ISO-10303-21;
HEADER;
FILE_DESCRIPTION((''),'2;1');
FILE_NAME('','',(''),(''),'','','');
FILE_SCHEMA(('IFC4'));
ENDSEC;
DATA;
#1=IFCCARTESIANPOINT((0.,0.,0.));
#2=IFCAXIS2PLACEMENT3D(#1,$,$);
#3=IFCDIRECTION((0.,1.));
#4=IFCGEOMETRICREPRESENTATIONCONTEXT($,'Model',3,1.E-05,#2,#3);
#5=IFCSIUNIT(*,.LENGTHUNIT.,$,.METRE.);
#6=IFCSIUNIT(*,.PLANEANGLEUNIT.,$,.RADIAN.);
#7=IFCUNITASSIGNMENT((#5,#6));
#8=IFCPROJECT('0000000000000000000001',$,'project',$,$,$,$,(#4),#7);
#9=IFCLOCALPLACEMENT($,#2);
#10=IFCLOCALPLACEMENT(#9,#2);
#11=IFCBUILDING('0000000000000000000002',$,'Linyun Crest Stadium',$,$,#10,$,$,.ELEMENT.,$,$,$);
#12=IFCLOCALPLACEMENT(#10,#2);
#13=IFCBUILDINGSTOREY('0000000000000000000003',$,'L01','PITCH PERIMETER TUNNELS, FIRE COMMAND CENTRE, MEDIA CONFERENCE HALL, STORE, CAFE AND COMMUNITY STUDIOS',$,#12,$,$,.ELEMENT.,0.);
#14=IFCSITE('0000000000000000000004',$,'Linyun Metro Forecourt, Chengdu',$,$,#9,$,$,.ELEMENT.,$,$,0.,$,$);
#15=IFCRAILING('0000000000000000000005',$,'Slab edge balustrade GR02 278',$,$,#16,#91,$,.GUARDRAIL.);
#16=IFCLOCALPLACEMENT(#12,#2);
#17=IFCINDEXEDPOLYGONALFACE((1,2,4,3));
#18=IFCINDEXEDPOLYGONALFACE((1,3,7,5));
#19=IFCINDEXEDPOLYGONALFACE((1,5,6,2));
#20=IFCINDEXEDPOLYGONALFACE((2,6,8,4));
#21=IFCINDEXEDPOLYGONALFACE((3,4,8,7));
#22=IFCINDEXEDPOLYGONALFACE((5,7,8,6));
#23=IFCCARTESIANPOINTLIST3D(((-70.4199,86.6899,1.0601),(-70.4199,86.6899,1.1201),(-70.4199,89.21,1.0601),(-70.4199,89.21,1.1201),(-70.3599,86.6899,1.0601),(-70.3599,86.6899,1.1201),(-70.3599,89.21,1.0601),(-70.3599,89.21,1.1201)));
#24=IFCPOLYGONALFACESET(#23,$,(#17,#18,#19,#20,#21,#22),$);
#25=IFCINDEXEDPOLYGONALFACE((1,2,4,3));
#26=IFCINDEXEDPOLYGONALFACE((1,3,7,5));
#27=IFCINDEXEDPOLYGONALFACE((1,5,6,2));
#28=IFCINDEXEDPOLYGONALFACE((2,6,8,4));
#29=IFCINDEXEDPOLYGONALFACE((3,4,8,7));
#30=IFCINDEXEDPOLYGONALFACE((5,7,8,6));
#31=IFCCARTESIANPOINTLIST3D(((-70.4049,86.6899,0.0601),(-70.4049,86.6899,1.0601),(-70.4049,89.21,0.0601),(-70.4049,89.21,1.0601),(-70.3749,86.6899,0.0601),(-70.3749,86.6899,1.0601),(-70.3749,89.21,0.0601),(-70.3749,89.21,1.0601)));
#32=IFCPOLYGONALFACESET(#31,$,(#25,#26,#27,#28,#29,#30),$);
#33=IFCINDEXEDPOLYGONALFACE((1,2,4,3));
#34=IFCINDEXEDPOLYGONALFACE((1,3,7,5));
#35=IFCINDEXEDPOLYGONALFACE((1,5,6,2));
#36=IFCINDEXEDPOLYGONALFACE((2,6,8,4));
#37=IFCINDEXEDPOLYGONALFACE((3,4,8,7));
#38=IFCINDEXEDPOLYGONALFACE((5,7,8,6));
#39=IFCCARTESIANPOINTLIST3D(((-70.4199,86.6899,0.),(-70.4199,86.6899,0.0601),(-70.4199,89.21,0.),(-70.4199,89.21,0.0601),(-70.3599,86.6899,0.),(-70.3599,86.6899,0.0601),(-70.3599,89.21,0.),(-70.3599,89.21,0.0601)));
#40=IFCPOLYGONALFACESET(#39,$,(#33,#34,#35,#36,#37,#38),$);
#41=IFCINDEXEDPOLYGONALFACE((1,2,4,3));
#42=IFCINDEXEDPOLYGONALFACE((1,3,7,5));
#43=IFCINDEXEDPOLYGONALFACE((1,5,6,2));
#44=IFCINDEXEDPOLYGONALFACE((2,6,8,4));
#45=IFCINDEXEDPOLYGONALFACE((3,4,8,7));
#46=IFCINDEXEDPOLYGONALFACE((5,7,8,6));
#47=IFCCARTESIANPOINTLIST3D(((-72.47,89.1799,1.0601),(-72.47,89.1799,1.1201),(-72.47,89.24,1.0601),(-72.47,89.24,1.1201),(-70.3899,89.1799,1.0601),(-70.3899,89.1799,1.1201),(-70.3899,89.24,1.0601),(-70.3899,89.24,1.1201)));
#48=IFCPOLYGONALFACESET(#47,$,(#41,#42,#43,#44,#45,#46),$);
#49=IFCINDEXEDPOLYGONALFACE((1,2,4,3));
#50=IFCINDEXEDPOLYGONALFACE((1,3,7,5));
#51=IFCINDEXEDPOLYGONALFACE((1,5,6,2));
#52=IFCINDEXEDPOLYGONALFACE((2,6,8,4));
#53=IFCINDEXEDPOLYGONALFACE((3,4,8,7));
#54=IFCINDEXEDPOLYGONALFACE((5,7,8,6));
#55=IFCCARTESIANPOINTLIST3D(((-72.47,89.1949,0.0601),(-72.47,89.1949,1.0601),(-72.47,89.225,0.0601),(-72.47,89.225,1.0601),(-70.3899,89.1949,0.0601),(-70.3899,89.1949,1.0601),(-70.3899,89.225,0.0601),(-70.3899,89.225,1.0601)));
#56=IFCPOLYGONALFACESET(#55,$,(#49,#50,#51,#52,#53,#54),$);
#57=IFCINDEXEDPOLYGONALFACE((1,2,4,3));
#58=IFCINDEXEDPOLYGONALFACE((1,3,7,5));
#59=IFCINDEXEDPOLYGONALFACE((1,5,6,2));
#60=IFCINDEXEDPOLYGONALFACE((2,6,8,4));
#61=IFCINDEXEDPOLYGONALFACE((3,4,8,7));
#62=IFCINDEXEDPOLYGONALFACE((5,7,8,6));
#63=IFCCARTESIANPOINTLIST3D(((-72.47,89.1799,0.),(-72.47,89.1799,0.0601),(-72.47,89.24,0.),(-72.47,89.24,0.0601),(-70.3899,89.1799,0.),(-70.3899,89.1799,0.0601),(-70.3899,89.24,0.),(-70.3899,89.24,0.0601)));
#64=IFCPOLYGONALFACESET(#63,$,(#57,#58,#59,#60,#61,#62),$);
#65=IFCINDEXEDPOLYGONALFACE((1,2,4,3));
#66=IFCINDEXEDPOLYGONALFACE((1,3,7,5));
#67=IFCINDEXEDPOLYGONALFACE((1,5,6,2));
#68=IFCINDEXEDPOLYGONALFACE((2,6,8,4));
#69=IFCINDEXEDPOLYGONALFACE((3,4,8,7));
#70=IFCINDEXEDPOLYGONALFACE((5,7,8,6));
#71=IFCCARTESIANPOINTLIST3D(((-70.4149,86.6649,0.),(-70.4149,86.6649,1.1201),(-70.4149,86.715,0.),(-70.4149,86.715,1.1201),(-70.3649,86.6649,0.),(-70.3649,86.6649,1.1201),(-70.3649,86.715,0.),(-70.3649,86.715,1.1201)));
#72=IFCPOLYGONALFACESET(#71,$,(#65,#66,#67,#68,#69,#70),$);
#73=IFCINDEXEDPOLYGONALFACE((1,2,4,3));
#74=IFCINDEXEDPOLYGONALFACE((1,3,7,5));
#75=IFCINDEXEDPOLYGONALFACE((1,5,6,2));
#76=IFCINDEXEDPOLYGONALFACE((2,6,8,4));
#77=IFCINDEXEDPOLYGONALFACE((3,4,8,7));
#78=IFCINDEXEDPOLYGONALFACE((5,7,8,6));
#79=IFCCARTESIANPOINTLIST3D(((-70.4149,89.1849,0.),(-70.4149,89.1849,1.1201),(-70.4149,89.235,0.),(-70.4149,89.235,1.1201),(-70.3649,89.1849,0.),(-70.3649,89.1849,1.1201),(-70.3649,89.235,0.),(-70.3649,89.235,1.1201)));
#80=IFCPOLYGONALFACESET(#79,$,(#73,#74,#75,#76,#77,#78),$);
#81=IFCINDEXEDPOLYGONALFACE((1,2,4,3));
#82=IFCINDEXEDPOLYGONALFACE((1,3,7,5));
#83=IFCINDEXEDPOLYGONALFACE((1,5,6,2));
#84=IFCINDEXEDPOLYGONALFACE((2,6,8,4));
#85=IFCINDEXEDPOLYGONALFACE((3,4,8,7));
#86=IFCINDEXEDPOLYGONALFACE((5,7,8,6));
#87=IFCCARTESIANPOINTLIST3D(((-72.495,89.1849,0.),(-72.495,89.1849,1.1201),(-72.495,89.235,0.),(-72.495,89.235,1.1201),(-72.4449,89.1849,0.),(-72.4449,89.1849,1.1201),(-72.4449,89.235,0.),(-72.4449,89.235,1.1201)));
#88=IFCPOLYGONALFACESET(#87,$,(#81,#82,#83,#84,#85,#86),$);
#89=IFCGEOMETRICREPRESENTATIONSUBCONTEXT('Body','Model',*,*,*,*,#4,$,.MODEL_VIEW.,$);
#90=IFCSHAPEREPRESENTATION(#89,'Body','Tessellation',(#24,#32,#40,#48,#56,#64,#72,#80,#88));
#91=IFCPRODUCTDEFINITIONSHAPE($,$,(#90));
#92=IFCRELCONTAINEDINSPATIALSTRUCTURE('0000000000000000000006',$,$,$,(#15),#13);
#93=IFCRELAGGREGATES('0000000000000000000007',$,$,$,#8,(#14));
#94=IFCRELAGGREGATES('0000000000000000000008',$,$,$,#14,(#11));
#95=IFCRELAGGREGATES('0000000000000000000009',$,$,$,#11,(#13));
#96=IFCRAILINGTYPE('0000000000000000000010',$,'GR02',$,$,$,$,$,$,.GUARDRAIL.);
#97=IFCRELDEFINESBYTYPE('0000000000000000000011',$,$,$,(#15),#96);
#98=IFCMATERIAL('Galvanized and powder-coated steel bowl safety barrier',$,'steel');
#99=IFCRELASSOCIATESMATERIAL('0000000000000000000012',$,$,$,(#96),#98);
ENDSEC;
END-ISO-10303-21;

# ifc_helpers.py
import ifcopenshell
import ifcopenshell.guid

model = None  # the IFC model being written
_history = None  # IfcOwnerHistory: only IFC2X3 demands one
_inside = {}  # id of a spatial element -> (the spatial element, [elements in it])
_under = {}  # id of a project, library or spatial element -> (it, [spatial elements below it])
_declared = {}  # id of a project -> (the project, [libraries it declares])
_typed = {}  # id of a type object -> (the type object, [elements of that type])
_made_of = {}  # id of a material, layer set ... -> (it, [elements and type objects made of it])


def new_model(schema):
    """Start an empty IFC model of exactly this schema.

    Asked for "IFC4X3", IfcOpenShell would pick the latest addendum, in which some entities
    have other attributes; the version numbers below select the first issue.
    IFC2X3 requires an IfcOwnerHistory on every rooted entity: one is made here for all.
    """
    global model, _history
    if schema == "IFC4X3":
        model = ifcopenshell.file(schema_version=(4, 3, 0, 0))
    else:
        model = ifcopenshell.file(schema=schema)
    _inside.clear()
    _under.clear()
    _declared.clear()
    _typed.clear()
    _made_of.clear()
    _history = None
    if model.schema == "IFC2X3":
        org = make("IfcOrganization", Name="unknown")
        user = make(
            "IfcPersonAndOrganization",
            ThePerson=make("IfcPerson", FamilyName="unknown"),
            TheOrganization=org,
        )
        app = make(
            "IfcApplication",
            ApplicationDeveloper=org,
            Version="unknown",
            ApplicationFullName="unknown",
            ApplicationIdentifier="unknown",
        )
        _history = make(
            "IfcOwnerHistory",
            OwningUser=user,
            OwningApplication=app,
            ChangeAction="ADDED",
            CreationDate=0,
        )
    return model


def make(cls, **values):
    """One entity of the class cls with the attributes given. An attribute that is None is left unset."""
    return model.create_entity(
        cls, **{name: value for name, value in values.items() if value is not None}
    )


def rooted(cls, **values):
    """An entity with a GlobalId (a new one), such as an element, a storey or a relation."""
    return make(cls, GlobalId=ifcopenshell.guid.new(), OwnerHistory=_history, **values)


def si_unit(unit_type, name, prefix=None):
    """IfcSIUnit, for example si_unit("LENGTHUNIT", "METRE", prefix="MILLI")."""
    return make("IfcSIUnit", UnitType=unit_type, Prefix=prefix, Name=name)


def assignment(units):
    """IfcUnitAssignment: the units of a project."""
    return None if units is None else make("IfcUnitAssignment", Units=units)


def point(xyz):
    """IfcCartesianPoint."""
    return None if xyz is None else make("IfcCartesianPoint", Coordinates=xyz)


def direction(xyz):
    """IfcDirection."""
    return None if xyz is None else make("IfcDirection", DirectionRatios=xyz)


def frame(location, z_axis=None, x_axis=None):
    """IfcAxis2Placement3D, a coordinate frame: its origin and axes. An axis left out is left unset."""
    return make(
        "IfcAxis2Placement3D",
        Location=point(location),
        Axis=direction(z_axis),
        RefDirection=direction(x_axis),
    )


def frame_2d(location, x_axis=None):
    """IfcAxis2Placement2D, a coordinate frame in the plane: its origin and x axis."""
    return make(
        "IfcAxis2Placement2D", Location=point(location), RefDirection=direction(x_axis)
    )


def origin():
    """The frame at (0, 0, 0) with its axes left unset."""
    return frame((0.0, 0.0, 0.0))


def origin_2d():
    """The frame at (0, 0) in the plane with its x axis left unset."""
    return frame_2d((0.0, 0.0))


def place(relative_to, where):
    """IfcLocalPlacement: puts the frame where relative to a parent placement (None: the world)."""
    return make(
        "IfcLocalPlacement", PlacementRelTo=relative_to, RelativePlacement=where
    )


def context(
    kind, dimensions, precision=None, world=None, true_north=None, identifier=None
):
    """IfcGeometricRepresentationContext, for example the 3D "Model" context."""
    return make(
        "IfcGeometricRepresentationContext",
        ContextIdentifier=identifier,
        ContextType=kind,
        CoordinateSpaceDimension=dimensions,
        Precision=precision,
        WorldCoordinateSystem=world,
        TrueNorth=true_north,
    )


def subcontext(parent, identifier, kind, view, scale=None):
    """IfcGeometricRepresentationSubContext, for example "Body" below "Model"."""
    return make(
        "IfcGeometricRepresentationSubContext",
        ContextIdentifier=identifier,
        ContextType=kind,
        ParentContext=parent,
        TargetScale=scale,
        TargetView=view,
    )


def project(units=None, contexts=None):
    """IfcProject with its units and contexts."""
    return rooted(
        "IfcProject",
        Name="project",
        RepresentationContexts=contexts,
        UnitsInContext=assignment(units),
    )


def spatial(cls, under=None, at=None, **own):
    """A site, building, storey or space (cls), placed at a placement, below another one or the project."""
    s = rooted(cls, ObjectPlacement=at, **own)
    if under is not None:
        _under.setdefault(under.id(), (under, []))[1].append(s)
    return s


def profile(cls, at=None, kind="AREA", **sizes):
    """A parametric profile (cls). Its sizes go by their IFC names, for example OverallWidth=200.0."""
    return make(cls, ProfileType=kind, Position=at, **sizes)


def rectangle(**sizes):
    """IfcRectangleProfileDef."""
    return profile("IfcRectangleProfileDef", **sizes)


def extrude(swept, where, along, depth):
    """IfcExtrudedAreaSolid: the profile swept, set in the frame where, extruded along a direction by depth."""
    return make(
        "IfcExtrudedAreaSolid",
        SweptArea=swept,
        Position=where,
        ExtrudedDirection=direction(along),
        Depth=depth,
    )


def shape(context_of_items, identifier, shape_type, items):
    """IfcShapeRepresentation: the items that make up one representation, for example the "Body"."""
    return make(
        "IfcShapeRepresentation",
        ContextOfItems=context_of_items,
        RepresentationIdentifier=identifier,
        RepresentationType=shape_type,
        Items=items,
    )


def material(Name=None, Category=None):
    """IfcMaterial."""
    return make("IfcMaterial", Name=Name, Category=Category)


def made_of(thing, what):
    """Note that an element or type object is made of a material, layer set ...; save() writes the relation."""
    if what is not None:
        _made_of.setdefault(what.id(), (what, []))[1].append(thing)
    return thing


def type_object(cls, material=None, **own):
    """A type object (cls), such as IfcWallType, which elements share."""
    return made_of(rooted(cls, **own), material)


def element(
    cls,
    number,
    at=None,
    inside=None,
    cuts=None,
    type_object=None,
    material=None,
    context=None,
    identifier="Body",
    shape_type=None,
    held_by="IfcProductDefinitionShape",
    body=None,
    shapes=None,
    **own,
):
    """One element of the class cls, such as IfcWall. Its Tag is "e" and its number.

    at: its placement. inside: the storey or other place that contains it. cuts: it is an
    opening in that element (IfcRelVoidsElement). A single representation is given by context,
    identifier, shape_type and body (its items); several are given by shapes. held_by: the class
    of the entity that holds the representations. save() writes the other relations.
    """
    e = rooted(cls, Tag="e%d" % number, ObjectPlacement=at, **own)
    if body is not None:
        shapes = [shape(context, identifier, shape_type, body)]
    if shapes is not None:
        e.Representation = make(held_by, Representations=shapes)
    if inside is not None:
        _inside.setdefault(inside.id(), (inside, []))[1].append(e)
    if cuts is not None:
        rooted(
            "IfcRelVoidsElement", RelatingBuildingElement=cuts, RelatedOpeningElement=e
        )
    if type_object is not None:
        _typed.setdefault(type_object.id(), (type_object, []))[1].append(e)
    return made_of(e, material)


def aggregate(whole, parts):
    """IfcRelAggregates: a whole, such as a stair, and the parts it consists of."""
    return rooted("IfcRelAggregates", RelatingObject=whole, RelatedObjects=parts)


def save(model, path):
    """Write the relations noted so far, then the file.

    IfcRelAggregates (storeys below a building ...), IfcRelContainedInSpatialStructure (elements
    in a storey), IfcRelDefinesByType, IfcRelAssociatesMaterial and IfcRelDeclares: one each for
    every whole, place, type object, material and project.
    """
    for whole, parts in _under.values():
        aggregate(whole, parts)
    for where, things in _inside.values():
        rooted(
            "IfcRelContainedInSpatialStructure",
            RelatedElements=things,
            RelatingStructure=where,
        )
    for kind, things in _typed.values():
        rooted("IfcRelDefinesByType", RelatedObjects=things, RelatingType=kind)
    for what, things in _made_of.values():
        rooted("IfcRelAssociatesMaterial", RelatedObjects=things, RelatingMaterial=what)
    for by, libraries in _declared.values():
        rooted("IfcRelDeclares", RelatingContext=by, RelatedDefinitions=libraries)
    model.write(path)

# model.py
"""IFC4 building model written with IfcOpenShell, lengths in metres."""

from ifc_helpers import new_model, si_unit, direction, frame, origin, origin_2d, place, context, subcontext, project, spatial, rectangle, extrude, material, type_object, element, save


model = new_model("IFC4")

# Units and contexts
model_context = context("Model", 3, precision=1e-05, world=origin(), true_north=direction((0.0, 1.0)))
body_context = subcontext(model_context, "Body", "Model", "MODEL_VIEW")
ifc_project = project(units=[si_unit("LENGTHUNIT", "METRE"), si_unit("PLANEANGLEUNIT", "RADIAN")], contexts=[model_context])

# Site, building, storey
site_placement = place(None, origin())
site = spatial("IfcSite", under=ifc_project, at=site_placement, Name="Linyun Metro Forecourt, Chengdu", CompositionType="ELEMENT", RefElevation=0.0)
building_placement = place(site_placement, origin())
building = spatial("IfcBuilding", under=site, at=building_placement, Name="Linyun Crest Stadium", CompositionType="ELEMENT")
storey_placement = place(building_placement, origin())
storey = spatial("IfcBuildingStorey", under=building, at=storey_placement, Name="L01", Description="PITCH PERIMETER TUNNELS, FIRE COMMAND CENTRE, MEDIA CONFERENCE HALL, STORE, CAFE AND COMMUNITY STUDIOS", CompositionType="ELEMENT", Elevation=0.0)

# Railing
ifc_material_1 = material(Name="Galvanized and powder-coated steel bowl safety barrier", Category="steel")
railing_type = type_object("IfcRailingType", Name="GR02", PredefinedType="GUARDRAIL", material=ifc_material_1)
railing_placement = place(storey_placement, frame((-70.3899, 86.6899, 0.0)))
element("IfcRailing", 1, at=railing_placement, inside=storey, type_object=railing_type, Name="Slab edge balustrade GR02 278", PredefinedType="GUARDRAIL", context=body_context, shape_type="SweptSolid", body=[
    extrude(rectangle(XDim=0.0601, YDim=0.0601, at=origin_2d()), frame((0.0, 0.0, 1.0901), z_axis=(0.0, 1.0, 0.0), x_axis=(-1.0, 0.0, 0.0)), (0.0, 0.0, 1.0), 2.52),
    extrude(rectangle(XDim=0.03, YDim=1.0, at=origin_2d()), frame((0.0, 0.0, 0.5601), z_axis=(0.0, 1.0, 0.0), x_axis=(-1.0, 0.0, 0.0)), (0.0, 0.0, 1.0), 2.52),
    extrude(rectangle(XDim=0.0601, YDim=0.0601, at=origin_2d()), frame((0.0, 0.0, 0.03), z_axis=(0.0, 1.0, 0.0), x_axis=(-1.0, 0.0, 0.0)), (0.0, 0.0, 1.0), 2.52),
    extrude(rectangle(XDim=0.0601, YDim=0.0601, at=origin_2d()), frame((0.0, 2.52, 1.0901), z_axis=(-1.0, 0.0, 0.0), x_axis=(0.0, -1.0, 0.0)), (0.0, 0.0, 1.0), 2.0801),
    extrude(rectangle(XDim=0.03, YDim=1.0, at=origin_2d()), frame((0.0, 2.52, 0.5601), z_axis=(-1.0, 0.0, 0.0), x_axis=(0.0, -1.0, 0.0)), (0.0, 0.0, 1.0), 2.0801),
    extrude(rectangle(XDim=0.0601, YDim=0.0601, at=origin_2d()), frame((0.0, 2.52, 0.03), z_axis=(-1.0, 0.0, 0.0), x_axis=(0.0, -1.0, 0.0)), (0.0, 0.0, 1.0), 2.0801),
    extrude(rectangle(XDim=0.05, YDim=0.05, at=origin_2d()), origin(), (0.0, 0.0, 1.0), 1.1201),
    extrude(rectangle(XDim=0.05, YDim=0.05, at=origin_2d()), frame((0.0, 2.52, 0.0)), (0.0, 0.0, 1.0), 1.1201),
    extrude(rectangle(XDim=0.05, YDim=0.05, at=origin_2d()), frame((-2.0801, 2.52, 0.0)), (0.0, 0.0, 1.0), 1.1201),
])

save(model, "model.ifc")
